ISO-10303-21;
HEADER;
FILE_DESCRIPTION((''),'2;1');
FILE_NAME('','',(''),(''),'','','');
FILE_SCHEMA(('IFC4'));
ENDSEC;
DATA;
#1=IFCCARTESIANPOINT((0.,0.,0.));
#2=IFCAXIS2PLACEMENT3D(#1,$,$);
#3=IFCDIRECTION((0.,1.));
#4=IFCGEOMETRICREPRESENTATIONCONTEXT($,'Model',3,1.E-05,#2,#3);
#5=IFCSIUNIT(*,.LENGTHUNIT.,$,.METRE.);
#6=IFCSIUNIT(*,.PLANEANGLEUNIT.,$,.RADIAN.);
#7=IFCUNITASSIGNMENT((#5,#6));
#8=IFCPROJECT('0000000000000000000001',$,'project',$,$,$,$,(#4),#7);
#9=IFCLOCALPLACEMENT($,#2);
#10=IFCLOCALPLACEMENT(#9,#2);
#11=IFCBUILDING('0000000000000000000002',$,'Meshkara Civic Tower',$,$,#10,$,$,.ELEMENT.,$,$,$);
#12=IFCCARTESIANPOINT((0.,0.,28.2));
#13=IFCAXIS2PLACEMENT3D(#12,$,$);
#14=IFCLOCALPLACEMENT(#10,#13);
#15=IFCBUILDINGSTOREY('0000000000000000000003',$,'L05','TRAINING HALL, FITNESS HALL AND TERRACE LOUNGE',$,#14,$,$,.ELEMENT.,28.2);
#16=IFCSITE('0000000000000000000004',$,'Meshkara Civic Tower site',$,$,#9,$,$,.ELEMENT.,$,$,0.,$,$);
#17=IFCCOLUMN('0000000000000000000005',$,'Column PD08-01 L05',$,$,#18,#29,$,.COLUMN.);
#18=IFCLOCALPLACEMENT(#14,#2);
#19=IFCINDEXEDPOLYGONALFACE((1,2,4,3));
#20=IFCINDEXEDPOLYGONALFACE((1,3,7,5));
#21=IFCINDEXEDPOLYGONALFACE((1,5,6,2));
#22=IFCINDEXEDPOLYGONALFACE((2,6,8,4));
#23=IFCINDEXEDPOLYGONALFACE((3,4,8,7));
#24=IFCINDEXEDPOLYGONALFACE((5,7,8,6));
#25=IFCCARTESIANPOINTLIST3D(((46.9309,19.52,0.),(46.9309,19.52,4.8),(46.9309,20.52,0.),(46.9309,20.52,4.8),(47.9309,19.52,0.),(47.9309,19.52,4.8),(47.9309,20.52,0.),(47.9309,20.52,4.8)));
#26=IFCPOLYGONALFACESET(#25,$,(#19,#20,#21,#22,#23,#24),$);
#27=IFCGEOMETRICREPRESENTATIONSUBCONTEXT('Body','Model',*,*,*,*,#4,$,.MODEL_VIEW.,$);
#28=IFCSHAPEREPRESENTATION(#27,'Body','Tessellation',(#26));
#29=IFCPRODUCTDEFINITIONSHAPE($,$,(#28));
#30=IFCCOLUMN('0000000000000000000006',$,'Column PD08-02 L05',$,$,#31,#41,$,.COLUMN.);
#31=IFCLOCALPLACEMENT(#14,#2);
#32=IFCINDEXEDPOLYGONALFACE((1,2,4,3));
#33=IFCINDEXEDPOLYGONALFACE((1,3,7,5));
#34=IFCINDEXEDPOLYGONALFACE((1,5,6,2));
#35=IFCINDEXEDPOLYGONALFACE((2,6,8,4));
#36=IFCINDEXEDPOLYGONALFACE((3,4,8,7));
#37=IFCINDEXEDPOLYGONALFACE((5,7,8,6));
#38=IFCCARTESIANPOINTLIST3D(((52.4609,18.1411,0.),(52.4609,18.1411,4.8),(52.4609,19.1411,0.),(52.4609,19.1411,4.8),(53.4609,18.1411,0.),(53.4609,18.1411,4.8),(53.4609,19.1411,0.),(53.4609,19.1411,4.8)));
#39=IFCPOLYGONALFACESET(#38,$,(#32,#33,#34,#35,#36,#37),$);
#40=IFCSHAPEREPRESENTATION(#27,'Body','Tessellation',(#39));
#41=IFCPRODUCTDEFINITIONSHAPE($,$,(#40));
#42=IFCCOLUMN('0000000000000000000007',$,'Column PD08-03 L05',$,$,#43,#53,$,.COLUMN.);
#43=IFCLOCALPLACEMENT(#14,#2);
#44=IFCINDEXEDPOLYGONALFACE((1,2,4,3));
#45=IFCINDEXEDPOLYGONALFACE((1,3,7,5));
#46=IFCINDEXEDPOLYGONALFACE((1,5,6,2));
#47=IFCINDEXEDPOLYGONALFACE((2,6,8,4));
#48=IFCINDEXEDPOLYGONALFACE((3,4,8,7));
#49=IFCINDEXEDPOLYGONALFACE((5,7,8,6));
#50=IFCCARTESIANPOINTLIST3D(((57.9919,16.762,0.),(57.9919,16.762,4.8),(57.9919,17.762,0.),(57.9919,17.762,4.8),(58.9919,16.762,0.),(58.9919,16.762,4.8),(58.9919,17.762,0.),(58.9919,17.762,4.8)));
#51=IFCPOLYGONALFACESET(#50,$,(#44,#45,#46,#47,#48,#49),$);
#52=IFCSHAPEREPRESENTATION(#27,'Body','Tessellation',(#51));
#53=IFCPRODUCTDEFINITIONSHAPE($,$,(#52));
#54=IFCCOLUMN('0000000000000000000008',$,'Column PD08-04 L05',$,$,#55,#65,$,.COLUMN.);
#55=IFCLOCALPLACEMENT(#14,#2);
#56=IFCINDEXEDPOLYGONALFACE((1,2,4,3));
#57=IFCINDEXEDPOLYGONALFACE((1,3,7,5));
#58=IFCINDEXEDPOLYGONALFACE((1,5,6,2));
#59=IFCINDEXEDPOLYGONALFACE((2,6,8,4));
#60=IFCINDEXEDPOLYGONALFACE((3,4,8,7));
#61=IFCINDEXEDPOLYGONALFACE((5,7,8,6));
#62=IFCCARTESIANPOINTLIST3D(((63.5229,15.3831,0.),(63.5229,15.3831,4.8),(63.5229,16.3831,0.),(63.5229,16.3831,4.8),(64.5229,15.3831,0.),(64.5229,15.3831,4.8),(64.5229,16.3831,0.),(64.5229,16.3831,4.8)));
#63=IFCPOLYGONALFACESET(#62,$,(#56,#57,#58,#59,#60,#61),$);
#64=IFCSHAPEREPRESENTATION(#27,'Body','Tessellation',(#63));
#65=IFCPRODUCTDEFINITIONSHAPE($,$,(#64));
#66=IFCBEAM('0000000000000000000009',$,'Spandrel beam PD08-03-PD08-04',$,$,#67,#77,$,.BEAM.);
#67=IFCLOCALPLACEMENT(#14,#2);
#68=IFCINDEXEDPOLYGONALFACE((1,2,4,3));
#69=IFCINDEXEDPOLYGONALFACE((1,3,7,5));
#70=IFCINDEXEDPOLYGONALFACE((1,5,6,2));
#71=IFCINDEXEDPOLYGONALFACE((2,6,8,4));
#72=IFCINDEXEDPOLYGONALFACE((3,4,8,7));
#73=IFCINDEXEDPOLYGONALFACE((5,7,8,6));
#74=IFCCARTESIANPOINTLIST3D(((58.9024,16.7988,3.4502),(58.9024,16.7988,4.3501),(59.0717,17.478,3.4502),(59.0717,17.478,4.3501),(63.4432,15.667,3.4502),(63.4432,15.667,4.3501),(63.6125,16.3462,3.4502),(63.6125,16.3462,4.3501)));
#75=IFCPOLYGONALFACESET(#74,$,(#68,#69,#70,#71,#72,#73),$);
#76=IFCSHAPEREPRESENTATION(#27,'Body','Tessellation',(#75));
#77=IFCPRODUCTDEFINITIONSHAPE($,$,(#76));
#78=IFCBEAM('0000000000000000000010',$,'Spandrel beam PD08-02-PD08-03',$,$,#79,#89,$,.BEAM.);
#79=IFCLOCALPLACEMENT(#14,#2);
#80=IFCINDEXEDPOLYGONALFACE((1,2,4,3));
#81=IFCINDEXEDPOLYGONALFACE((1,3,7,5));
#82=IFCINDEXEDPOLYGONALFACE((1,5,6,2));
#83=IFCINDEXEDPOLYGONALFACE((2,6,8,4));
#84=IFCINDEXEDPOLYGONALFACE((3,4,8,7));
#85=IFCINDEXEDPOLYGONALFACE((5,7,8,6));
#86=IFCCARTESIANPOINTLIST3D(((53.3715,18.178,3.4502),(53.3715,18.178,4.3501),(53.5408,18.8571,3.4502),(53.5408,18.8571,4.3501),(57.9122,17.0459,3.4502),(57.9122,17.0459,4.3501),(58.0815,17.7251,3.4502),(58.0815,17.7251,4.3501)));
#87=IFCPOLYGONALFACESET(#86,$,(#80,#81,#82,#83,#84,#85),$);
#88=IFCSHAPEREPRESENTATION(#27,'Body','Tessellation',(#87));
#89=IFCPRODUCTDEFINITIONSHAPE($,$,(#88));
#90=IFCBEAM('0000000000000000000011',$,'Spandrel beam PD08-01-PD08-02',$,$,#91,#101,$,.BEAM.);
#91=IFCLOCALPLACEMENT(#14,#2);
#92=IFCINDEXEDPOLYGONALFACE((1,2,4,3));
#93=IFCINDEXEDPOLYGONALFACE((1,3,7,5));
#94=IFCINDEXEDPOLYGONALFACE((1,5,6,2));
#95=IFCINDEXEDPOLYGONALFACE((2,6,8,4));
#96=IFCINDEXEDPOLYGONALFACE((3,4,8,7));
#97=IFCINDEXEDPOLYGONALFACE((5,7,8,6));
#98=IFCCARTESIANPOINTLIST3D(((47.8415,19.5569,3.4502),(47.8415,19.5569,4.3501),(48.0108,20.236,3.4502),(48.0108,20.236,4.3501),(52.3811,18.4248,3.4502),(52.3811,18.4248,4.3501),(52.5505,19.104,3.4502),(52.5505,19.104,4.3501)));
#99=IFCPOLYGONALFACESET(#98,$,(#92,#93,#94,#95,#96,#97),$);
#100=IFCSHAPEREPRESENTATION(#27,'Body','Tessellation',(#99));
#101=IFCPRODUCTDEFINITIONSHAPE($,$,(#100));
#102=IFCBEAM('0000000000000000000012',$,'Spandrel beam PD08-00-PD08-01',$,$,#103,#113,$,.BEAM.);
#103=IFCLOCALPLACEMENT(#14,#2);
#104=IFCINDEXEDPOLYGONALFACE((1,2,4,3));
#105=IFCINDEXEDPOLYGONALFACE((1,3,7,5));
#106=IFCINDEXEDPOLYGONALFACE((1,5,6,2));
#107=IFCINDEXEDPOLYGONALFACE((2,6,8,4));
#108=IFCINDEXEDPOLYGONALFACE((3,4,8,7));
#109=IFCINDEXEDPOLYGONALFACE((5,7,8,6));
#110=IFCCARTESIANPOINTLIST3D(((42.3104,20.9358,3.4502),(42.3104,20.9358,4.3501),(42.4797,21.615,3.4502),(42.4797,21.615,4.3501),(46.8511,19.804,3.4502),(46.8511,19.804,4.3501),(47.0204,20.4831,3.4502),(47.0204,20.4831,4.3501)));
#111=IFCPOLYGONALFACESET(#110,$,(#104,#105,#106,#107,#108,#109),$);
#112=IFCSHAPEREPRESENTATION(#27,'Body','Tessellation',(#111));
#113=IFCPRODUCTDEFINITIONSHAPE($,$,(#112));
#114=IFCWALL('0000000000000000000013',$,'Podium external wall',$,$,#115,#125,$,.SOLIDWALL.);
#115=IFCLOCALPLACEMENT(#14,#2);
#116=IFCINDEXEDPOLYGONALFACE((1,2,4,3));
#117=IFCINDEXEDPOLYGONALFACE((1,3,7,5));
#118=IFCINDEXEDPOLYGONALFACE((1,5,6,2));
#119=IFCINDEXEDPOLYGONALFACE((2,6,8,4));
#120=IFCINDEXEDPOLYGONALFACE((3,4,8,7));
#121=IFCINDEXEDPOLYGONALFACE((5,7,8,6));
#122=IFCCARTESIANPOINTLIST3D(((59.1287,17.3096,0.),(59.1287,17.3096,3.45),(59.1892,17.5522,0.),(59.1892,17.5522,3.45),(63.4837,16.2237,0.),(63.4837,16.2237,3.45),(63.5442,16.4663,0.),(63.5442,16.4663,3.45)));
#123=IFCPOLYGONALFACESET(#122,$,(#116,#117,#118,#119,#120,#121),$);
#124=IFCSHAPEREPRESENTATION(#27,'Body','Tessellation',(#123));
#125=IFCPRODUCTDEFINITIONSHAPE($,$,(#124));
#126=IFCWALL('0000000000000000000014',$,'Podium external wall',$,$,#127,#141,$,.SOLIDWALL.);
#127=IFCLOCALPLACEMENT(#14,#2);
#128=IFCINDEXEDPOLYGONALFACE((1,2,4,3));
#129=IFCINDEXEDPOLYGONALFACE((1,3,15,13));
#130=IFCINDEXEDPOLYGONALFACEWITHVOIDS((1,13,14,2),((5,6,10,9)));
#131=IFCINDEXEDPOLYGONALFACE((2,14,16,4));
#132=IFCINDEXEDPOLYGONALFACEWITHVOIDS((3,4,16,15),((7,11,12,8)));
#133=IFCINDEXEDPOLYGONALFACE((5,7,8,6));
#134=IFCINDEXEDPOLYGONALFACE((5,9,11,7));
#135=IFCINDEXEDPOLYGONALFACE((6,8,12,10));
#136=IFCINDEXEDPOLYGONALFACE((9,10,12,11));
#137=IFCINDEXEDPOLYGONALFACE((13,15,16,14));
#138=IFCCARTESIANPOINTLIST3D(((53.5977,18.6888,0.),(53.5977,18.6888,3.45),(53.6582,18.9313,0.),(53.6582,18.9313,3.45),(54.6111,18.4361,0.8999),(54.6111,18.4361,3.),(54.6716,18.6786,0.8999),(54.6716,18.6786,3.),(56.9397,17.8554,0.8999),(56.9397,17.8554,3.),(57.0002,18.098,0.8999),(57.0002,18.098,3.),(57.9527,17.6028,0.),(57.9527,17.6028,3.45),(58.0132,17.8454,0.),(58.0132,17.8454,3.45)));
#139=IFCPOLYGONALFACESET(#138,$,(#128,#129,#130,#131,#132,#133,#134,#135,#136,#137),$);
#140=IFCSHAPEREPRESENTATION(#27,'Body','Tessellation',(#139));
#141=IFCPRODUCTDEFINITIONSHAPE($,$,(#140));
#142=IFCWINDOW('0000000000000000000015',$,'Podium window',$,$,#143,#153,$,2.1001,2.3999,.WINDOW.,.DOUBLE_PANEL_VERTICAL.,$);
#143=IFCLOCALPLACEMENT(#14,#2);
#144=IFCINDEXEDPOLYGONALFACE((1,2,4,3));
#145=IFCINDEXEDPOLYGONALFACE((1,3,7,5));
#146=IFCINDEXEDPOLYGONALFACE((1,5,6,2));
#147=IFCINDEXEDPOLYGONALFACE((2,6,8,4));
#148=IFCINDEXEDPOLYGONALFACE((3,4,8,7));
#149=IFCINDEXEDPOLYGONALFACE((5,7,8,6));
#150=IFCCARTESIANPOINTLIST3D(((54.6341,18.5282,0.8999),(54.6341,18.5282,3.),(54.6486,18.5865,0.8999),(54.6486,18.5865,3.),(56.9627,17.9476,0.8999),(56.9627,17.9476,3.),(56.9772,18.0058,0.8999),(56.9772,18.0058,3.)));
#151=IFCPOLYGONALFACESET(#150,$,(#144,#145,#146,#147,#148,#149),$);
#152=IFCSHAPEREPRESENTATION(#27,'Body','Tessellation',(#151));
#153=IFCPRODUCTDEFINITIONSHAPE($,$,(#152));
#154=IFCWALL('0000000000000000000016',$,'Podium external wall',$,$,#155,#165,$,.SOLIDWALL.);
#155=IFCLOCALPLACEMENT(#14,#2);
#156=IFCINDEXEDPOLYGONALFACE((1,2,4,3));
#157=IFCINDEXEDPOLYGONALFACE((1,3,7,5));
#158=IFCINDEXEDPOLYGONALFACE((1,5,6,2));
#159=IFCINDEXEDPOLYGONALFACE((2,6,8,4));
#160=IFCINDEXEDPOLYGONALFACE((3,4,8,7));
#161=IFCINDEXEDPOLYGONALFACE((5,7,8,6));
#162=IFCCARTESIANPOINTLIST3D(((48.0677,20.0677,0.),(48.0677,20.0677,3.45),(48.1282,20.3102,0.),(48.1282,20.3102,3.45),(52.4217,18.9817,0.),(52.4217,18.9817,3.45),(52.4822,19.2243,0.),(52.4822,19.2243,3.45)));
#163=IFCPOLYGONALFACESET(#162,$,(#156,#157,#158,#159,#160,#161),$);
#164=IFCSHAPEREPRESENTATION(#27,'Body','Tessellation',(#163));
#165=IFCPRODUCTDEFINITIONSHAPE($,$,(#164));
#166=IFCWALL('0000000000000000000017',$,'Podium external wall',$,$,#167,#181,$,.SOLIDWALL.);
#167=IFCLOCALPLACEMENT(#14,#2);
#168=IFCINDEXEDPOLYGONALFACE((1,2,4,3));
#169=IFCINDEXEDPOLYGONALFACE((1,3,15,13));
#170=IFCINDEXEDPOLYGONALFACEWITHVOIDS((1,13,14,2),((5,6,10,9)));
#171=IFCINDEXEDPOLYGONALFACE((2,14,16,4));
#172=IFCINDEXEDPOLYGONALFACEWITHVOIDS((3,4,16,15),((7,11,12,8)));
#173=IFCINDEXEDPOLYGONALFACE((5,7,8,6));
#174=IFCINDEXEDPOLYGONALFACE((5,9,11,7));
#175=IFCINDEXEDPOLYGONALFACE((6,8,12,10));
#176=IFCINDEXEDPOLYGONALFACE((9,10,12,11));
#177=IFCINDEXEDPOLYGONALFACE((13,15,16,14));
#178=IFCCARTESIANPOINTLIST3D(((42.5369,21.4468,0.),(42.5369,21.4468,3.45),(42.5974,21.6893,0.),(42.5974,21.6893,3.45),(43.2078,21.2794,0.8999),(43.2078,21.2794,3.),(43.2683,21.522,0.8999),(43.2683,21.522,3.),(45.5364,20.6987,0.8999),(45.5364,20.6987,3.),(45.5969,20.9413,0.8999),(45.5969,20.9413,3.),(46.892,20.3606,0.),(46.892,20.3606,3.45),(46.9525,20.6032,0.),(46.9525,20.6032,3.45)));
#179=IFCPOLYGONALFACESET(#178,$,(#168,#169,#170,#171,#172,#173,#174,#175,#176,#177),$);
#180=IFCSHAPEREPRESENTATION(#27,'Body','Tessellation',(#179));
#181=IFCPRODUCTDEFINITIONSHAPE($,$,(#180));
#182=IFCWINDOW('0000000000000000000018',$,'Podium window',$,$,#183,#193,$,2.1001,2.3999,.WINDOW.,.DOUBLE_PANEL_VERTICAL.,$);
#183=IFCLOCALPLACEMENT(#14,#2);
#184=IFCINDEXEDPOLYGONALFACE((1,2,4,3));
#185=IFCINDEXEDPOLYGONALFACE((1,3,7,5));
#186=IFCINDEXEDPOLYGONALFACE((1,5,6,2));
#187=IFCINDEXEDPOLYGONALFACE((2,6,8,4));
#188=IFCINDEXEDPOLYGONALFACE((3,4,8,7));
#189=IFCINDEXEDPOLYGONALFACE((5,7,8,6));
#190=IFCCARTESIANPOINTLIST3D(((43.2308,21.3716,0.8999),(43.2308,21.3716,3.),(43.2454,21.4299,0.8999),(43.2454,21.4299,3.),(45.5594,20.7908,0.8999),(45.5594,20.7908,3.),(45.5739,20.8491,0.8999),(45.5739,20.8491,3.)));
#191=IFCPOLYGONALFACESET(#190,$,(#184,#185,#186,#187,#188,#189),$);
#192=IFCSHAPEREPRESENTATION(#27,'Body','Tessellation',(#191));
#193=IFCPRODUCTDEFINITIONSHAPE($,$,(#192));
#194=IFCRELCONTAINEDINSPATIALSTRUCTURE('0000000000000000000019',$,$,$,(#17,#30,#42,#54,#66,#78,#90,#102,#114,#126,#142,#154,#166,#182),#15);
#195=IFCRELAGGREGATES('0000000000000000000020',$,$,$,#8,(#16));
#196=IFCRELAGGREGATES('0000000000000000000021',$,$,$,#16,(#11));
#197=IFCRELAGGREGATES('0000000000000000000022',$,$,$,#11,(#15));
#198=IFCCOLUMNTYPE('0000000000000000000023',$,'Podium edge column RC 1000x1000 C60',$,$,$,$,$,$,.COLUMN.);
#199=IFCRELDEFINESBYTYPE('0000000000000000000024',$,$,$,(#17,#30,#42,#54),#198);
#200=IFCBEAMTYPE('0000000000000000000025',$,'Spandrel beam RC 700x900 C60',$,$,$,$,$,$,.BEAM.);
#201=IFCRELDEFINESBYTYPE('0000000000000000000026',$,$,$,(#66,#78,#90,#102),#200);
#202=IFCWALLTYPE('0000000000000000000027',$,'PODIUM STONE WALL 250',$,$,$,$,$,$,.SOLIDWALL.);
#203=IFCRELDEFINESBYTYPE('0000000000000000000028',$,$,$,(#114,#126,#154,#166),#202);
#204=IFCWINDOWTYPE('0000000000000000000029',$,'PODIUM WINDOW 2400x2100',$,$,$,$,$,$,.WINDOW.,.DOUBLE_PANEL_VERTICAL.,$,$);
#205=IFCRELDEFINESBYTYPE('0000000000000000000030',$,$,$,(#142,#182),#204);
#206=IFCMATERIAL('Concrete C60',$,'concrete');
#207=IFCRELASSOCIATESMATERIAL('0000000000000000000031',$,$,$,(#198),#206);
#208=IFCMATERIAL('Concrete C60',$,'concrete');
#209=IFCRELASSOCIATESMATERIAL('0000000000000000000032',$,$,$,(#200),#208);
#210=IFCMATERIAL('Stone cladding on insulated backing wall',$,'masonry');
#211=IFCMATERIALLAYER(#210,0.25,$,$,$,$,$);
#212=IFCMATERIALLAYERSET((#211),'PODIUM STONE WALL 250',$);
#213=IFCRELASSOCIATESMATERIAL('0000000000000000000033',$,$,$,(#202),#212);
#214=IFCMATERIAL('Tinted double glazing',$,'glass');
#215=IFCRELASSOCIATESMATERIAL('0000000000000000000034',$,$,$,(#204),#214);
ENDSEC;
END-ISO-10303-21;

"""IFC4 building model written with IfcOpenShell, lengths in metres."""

from ifc_helpers import new_model, si_unit, direction, frame, frame_2d, origin, origin_2d, place, context, subcontext, project, spatial, rectangle, extrude, material, layer, layer_set, material_profile, profile_set, type_object, element, fill, save


model = new_model("IFC4")

# Units and contexts
model_context = context("Model", 3, precision=1e-05, world=origin(), true_north=direction((0.0, 1.0)))
body_context = subcontext(model_context, "Body", "Model", "MODEL_VIEW")
ifc_project = project(units=[si_unit("LENGTHUNIT", "METRE"), si_unit("PLANEANGLEUNIT", "RADIAN")], contexts=[model_context])

# Site, building, storey
site_placement = place(None, origin())
site = spatial("IfcSite", under=ifc_project, at=site_placement, Name="Meshkara Civic Tower site", CompositionType="ELEMENT", RefElevation=0.0)
building_placement = place(site_placement, origin())
building = spatial("IfcBuilding", under=site, at=building_placement, Name="Meshkara Civic Tower", CompositionType="ELEMENT")
storey_placement = place(building_placement, frame((0.0, 0.0, 28.2)))
storey = spatial("IfcBuildingStorey", under=building, at=storey_placement, Name="L05", Description="TRAINING HALL, FITNESS HALL AND TERRACE LOUNGE", CompositionType="ELEMENT", Elevation=28.2)

# Columns
ifc_material_1 = material(Name="Concrete C60", Category="concrete")
ifc_material_profile_1 = material_profile(ifc_material_1, rectangle(XDim=1.0, YDim=1.0, at=origin_2d()))
ifc_profile_set_1 = profile_set([ifc_material_profile_1], Name="Concrete C60")
column_type = type_object("IfcColumnType", Name="Podium edge column RC 1000x1000 C60", PredefinedType="COLUMN", material=ifc_profile_set_1)
for number, where, z_axis, x_axis, name in (
    (1, (47.4309, 20.02, 0.0), (0.0, 0.0, 1.0), (1.0, 0.0, 0.0), "Column PD08-01 L05"),
    (2, (52.9609, 18.6411, 0.0), (0.0, 0.0, 1.0), (1.0, 0.0, 0.0), "Column PD08-02 L05"),
    (3, (58.4919, 17.262, 0.0), (0.0, 0.0, 1.0), (1.0, 0.0, 0.0), "Column PD08-03 L05"),
    (4, (64.0229, 15.8831, 0.0), (0.0, 0.0, 1.0), (1.0, 0.0, 0.0), "Column PD08-04 L05"),
):
    element("IfcColumn", number, at=place(storey_placement, frame(where, z_axis=z_axis, x_axis=x_axis)), inside=storey, type_object=column_type, Name=name, PredefinedType="COLUMN", context=body_context, shape_type="SweptSolid", body=[
        extrude(rectangle(XDim=1.0, YDim=1.0, at=origin_2d()), origin(), (0.0, 0.0, 1.0), 4.8),
    ])

# Beams
ifc_material_2 = material(Name="Concrete C60", Category="concrete")
ifc_material_profile_2 = material_profile(ifc_material_2, rectangle(XDim=0.7, YDim=0.8999, at=origin_2d()))
ifc_profile_set_2 = profile_set([ifc_material_profile_2], Name="Concrete C60")
beam_type = type_object("IfcBeamType", Name="Spandrel beam RC 700x900 C60", PredefinedType="BEAM", material=ifc_profile_set_2)
for number, where, z_axis, x_axis, name in (
    (5, (63.5278, 16.0066, 3.9001), (-0.970311, 0.24186, 0.0), (-0.24186, -0.970311, 0.0), "Spandrel beam PD08-03-PD08-04"),
    (6, (57.9968, 17.3855, 3.9001), (-0.970299, 0.24191, 0.0), (-0.24191, -0.970299, 0.0), "Spandrel beam PD08-02-PD08-03"),
):
    element("IfcBeam", number, at=place(storey_placement, frame(where, z_axis=z_axis, x_axis=x_axis)), inside=storey, type_object=beam_type, Name=name, PredefinedType="BEAM", context=body_context, shape_type="SweptSolid", body=[
        extrude(rectangle(XDim=0.7, YDim=0.8999, at=origin_2d()), origin(), (0.0, 0.0, 1.0), 4.6797),
    ])
beam_1_placement = place(storey_placement, frame((52.4658, 18.7644, 3.9001), z_axis=(-0.970287, 0.241959, 0.0), x_axis=(-0.241959, -0.970287, 0.0)))
element("IfcBeam", 7, at=beam_1_placement, inside=storey, type_object=beam_type, Name="Spandrel beam PD08-01-PD08-02", PredefinedType="BEAM", context=body_context, shape_type="SweptSolid", body=[
    extrude(rectangle(XDim=0.7, YDim=0.8999, at=origin_2d()), origin(), (0.0, 0.0, 1.0), 4.6787),
])
beam_2_placement = place(storey_placement, frame((46.9358, 20.1436, 3.9001), z_axis=(-0.970311, 0.24186, 0.0), x_axis=(-0.24186, -0.970311, 0.0)))
element("IfcBeam", 8, at=beam_2_placement, inside=storey, type_object=beam_type, Name="Spandrel beam PD08-00-PD08-01", PredefinedType="BEAM", context=body_context, shape_type="SweptSolid", body=[
    extrude(rectangle(XDim=0.7, YDim=0.8999, at=origin_2d()), origin(), (0.0, 0.0, 1.0), 4.6797),
])

# Wall
ifc_material_3 = material(Name="Stone cladding on insulated backing wall", Category="masonry")
ifc_layer_1 = layer(ifc_material_3, 0.25)
ifc_layer_set_1 = layer_set([ifc_layer_1], Name="PODIUM STONE WALL 250")
wall_type_1 = type_object("IfcWallType", Name="PODIUM STONE WALL 250", PredefinedType="SOLIDWALL", material=ifc_layer_set_1)
wall_1_placement = place(storey_placement, frame((63.5139, 16.345, 0.0), z_axis=(0.0, 0.0, 1.0), x_axis=(-0.97029, 0.241947, 0.0)))
element("IfcWall", 9, at=wall_1_placement, inside=storey, type_object=wall_type_1, Name="Podium external wall", PredefinedType="SOLIDWALL", context=body_context, shape_type="SweptSolid", body=[
    extrude(rectangle(XDim=4.4883, YDim=0.25, at=frame_2d((2.2441, 0.0))), origin(), (0.0, 0.0, 1.0), 3.45),
])

# Wall, opening, window
wall_2_placement = place(storey_placement, frame((57.9829, 17.7241, 0.0), z_axis=(0.0, 0.0, 1.0), x_axis=(-0.97029, 0.241947, 0.0)))
wall_2 = element("IfcWall", 10, at=wall_2_placement, inside=storey, type_object=wall_type_1, Name="Podium external wall", PredefinedType="SOLIDWALL", context=body_context, shape_type="SweptSolid", body=[
    extrude(rectangle(XDim=4.4883, YDim=0.25, at=frame_2d((2.2441, 0.0))), origin(), (0.0, 0.0, 1.0), 3.45),
])
opening_1_placement = place(wall_2_placement, frame((1.0439, 0.0, 0.8999)))
opening_1 = element("IfcOpeningElement", 11, at=opening_1_placement, cuts=wall_2, PredefinedType="OPENING", context=body_context, shape_type="SweptSolid", body=[
    extrude(rectangle(XDim=2.3999, YDim=2.1001, at=frame_2d((1.2, 1.05))), frame((0.0, 0.135, 0.0), z_axis=(0.0, -1.0, 0.0), x_axis=(1.0, 0.0, 0.0)), (0.0, 0.0, 1.0), 0.27),
])
ifc_material_4 = material(Name="Tinted double glazing", Category="glass")
window_type = type_object("IfcWindowType", Name="PODIUM WINDOW 2400x2100", PartitioningType="DOUBLE_PANEL_VERTICAL", PredefinedType="WINDOW", material=ifc_material_4)
window_1_placement = place(opening_1_placement, origin())
window_1 = element("IfcWindow", 12, at=window_1_placement, inside=storey, type_object=window_type, Name="Podium window", OverallHeight=2.1001, OverallWidth=2.3999, PartitioningType="DOUBLE_PANEL_VERTICAL", PredefinedType="WINDOW", context=body_context, shape_type="SweptSolid", body=[
    extrude(rectangle(XDim=2.3999, YDim=2.1001, at=frame_2d((1.2, 1.05))), frame((0.0, 0.03, 0.0), z_axis=(0.0, -1.0, 0.0), x_axis=(1.0, 0.0, 0.0)), (0.0, 0.0, 1.0), 0.0601),
])
fill(opening_1, window_1)

# Wall
wall_3_placement = place(storey_placement, frame((52.4519, 19.103, 0.0), z_axis=(0.0, 0.0, 1.0), x_axis=(-0.970277, 0.241998, 0.0)))
element("IfcWall", 13, at=wall_3_placement, inside=storey, type_object=wall_type_1, Name="Podium external wall", PredefinedType="SOLIDWALL", context=body_context, shape_type="SweptSolid", body=[
    extrude(rectangle(XDim=4.4873, YDim=0.25, at=frame_2d((2.2437, 0.0))), origin(), (0.0, 0.0, 1.0), 3.45),
])

# Wall, opening, window
wall_4_placement = place(storey_placement, frame((46.9221, 20.4819, 0.0), z_axis=(0.0, 0.0, 1.0), x_axis=(-0.97028, 0.241985, 0.0)))
wall_4 = element("IfcWall", 14, at=wall_4_placement, inside=storey, type_object=wall_type_1, Name="Podium external wall", PredefinedType="SOLIDWALL", context=body_context, shape_type="SweptSolid", body=[
    extrude(rectangle(XDim=4.4885, YDim=0.25, at=frame_2d((2.2441, 0.0))), origin(), (0.0, 0.0, 1.0), 3.45),
])
opening_2_placement = place(wall_4_placement, frame((1.397, 0.0, 0.8999)))
opening_2 = element("IfcOpeningElement", 15, at=opening_2_placement, cuts=wall_4, PredefinedType="OPENING", context=body_context, shape_type="SweptSolid", body=[
    extrude(rectangle(XDim=2.3999, YDim=2.1001, at=frame_2d((1.2, 1.05))), frame((0.0, 0.135, 0.0), z_axis=(0.0, -1.0, 0.0), x_axis=(1.0, 0.0, 0.0)), (0.0, 0.0, 1.0), 0.27),
])
window_2_placement = place(opening_2_placement, origin())
window_2 = element("IfcWindow", 16, at=window_2_placement, inside=storey, type_object=window_type, Name="Podium window", OverallHeight=2.1001, OverallWidth=2.3999, PartitioningType="DOUBLE_PANEL_VERTICAL", PredefinedType="WINDOW", context=body_context, shape_type="SweptSolid", body=[
    extrude(rectangle(XDim=2.3999, YDim=2.1001, at=frame_2d((1.2, 1.05))), frame((0.0, 0.03, 0.0), z_axis=(0.0, -1.0, 0.0), x_axis=(1.0, 0.0, 0.0)), (0.0, 0.0, 1.0), 0.0601),
])
fill(opening_2, window_2)

save(model, "model.ifc")
